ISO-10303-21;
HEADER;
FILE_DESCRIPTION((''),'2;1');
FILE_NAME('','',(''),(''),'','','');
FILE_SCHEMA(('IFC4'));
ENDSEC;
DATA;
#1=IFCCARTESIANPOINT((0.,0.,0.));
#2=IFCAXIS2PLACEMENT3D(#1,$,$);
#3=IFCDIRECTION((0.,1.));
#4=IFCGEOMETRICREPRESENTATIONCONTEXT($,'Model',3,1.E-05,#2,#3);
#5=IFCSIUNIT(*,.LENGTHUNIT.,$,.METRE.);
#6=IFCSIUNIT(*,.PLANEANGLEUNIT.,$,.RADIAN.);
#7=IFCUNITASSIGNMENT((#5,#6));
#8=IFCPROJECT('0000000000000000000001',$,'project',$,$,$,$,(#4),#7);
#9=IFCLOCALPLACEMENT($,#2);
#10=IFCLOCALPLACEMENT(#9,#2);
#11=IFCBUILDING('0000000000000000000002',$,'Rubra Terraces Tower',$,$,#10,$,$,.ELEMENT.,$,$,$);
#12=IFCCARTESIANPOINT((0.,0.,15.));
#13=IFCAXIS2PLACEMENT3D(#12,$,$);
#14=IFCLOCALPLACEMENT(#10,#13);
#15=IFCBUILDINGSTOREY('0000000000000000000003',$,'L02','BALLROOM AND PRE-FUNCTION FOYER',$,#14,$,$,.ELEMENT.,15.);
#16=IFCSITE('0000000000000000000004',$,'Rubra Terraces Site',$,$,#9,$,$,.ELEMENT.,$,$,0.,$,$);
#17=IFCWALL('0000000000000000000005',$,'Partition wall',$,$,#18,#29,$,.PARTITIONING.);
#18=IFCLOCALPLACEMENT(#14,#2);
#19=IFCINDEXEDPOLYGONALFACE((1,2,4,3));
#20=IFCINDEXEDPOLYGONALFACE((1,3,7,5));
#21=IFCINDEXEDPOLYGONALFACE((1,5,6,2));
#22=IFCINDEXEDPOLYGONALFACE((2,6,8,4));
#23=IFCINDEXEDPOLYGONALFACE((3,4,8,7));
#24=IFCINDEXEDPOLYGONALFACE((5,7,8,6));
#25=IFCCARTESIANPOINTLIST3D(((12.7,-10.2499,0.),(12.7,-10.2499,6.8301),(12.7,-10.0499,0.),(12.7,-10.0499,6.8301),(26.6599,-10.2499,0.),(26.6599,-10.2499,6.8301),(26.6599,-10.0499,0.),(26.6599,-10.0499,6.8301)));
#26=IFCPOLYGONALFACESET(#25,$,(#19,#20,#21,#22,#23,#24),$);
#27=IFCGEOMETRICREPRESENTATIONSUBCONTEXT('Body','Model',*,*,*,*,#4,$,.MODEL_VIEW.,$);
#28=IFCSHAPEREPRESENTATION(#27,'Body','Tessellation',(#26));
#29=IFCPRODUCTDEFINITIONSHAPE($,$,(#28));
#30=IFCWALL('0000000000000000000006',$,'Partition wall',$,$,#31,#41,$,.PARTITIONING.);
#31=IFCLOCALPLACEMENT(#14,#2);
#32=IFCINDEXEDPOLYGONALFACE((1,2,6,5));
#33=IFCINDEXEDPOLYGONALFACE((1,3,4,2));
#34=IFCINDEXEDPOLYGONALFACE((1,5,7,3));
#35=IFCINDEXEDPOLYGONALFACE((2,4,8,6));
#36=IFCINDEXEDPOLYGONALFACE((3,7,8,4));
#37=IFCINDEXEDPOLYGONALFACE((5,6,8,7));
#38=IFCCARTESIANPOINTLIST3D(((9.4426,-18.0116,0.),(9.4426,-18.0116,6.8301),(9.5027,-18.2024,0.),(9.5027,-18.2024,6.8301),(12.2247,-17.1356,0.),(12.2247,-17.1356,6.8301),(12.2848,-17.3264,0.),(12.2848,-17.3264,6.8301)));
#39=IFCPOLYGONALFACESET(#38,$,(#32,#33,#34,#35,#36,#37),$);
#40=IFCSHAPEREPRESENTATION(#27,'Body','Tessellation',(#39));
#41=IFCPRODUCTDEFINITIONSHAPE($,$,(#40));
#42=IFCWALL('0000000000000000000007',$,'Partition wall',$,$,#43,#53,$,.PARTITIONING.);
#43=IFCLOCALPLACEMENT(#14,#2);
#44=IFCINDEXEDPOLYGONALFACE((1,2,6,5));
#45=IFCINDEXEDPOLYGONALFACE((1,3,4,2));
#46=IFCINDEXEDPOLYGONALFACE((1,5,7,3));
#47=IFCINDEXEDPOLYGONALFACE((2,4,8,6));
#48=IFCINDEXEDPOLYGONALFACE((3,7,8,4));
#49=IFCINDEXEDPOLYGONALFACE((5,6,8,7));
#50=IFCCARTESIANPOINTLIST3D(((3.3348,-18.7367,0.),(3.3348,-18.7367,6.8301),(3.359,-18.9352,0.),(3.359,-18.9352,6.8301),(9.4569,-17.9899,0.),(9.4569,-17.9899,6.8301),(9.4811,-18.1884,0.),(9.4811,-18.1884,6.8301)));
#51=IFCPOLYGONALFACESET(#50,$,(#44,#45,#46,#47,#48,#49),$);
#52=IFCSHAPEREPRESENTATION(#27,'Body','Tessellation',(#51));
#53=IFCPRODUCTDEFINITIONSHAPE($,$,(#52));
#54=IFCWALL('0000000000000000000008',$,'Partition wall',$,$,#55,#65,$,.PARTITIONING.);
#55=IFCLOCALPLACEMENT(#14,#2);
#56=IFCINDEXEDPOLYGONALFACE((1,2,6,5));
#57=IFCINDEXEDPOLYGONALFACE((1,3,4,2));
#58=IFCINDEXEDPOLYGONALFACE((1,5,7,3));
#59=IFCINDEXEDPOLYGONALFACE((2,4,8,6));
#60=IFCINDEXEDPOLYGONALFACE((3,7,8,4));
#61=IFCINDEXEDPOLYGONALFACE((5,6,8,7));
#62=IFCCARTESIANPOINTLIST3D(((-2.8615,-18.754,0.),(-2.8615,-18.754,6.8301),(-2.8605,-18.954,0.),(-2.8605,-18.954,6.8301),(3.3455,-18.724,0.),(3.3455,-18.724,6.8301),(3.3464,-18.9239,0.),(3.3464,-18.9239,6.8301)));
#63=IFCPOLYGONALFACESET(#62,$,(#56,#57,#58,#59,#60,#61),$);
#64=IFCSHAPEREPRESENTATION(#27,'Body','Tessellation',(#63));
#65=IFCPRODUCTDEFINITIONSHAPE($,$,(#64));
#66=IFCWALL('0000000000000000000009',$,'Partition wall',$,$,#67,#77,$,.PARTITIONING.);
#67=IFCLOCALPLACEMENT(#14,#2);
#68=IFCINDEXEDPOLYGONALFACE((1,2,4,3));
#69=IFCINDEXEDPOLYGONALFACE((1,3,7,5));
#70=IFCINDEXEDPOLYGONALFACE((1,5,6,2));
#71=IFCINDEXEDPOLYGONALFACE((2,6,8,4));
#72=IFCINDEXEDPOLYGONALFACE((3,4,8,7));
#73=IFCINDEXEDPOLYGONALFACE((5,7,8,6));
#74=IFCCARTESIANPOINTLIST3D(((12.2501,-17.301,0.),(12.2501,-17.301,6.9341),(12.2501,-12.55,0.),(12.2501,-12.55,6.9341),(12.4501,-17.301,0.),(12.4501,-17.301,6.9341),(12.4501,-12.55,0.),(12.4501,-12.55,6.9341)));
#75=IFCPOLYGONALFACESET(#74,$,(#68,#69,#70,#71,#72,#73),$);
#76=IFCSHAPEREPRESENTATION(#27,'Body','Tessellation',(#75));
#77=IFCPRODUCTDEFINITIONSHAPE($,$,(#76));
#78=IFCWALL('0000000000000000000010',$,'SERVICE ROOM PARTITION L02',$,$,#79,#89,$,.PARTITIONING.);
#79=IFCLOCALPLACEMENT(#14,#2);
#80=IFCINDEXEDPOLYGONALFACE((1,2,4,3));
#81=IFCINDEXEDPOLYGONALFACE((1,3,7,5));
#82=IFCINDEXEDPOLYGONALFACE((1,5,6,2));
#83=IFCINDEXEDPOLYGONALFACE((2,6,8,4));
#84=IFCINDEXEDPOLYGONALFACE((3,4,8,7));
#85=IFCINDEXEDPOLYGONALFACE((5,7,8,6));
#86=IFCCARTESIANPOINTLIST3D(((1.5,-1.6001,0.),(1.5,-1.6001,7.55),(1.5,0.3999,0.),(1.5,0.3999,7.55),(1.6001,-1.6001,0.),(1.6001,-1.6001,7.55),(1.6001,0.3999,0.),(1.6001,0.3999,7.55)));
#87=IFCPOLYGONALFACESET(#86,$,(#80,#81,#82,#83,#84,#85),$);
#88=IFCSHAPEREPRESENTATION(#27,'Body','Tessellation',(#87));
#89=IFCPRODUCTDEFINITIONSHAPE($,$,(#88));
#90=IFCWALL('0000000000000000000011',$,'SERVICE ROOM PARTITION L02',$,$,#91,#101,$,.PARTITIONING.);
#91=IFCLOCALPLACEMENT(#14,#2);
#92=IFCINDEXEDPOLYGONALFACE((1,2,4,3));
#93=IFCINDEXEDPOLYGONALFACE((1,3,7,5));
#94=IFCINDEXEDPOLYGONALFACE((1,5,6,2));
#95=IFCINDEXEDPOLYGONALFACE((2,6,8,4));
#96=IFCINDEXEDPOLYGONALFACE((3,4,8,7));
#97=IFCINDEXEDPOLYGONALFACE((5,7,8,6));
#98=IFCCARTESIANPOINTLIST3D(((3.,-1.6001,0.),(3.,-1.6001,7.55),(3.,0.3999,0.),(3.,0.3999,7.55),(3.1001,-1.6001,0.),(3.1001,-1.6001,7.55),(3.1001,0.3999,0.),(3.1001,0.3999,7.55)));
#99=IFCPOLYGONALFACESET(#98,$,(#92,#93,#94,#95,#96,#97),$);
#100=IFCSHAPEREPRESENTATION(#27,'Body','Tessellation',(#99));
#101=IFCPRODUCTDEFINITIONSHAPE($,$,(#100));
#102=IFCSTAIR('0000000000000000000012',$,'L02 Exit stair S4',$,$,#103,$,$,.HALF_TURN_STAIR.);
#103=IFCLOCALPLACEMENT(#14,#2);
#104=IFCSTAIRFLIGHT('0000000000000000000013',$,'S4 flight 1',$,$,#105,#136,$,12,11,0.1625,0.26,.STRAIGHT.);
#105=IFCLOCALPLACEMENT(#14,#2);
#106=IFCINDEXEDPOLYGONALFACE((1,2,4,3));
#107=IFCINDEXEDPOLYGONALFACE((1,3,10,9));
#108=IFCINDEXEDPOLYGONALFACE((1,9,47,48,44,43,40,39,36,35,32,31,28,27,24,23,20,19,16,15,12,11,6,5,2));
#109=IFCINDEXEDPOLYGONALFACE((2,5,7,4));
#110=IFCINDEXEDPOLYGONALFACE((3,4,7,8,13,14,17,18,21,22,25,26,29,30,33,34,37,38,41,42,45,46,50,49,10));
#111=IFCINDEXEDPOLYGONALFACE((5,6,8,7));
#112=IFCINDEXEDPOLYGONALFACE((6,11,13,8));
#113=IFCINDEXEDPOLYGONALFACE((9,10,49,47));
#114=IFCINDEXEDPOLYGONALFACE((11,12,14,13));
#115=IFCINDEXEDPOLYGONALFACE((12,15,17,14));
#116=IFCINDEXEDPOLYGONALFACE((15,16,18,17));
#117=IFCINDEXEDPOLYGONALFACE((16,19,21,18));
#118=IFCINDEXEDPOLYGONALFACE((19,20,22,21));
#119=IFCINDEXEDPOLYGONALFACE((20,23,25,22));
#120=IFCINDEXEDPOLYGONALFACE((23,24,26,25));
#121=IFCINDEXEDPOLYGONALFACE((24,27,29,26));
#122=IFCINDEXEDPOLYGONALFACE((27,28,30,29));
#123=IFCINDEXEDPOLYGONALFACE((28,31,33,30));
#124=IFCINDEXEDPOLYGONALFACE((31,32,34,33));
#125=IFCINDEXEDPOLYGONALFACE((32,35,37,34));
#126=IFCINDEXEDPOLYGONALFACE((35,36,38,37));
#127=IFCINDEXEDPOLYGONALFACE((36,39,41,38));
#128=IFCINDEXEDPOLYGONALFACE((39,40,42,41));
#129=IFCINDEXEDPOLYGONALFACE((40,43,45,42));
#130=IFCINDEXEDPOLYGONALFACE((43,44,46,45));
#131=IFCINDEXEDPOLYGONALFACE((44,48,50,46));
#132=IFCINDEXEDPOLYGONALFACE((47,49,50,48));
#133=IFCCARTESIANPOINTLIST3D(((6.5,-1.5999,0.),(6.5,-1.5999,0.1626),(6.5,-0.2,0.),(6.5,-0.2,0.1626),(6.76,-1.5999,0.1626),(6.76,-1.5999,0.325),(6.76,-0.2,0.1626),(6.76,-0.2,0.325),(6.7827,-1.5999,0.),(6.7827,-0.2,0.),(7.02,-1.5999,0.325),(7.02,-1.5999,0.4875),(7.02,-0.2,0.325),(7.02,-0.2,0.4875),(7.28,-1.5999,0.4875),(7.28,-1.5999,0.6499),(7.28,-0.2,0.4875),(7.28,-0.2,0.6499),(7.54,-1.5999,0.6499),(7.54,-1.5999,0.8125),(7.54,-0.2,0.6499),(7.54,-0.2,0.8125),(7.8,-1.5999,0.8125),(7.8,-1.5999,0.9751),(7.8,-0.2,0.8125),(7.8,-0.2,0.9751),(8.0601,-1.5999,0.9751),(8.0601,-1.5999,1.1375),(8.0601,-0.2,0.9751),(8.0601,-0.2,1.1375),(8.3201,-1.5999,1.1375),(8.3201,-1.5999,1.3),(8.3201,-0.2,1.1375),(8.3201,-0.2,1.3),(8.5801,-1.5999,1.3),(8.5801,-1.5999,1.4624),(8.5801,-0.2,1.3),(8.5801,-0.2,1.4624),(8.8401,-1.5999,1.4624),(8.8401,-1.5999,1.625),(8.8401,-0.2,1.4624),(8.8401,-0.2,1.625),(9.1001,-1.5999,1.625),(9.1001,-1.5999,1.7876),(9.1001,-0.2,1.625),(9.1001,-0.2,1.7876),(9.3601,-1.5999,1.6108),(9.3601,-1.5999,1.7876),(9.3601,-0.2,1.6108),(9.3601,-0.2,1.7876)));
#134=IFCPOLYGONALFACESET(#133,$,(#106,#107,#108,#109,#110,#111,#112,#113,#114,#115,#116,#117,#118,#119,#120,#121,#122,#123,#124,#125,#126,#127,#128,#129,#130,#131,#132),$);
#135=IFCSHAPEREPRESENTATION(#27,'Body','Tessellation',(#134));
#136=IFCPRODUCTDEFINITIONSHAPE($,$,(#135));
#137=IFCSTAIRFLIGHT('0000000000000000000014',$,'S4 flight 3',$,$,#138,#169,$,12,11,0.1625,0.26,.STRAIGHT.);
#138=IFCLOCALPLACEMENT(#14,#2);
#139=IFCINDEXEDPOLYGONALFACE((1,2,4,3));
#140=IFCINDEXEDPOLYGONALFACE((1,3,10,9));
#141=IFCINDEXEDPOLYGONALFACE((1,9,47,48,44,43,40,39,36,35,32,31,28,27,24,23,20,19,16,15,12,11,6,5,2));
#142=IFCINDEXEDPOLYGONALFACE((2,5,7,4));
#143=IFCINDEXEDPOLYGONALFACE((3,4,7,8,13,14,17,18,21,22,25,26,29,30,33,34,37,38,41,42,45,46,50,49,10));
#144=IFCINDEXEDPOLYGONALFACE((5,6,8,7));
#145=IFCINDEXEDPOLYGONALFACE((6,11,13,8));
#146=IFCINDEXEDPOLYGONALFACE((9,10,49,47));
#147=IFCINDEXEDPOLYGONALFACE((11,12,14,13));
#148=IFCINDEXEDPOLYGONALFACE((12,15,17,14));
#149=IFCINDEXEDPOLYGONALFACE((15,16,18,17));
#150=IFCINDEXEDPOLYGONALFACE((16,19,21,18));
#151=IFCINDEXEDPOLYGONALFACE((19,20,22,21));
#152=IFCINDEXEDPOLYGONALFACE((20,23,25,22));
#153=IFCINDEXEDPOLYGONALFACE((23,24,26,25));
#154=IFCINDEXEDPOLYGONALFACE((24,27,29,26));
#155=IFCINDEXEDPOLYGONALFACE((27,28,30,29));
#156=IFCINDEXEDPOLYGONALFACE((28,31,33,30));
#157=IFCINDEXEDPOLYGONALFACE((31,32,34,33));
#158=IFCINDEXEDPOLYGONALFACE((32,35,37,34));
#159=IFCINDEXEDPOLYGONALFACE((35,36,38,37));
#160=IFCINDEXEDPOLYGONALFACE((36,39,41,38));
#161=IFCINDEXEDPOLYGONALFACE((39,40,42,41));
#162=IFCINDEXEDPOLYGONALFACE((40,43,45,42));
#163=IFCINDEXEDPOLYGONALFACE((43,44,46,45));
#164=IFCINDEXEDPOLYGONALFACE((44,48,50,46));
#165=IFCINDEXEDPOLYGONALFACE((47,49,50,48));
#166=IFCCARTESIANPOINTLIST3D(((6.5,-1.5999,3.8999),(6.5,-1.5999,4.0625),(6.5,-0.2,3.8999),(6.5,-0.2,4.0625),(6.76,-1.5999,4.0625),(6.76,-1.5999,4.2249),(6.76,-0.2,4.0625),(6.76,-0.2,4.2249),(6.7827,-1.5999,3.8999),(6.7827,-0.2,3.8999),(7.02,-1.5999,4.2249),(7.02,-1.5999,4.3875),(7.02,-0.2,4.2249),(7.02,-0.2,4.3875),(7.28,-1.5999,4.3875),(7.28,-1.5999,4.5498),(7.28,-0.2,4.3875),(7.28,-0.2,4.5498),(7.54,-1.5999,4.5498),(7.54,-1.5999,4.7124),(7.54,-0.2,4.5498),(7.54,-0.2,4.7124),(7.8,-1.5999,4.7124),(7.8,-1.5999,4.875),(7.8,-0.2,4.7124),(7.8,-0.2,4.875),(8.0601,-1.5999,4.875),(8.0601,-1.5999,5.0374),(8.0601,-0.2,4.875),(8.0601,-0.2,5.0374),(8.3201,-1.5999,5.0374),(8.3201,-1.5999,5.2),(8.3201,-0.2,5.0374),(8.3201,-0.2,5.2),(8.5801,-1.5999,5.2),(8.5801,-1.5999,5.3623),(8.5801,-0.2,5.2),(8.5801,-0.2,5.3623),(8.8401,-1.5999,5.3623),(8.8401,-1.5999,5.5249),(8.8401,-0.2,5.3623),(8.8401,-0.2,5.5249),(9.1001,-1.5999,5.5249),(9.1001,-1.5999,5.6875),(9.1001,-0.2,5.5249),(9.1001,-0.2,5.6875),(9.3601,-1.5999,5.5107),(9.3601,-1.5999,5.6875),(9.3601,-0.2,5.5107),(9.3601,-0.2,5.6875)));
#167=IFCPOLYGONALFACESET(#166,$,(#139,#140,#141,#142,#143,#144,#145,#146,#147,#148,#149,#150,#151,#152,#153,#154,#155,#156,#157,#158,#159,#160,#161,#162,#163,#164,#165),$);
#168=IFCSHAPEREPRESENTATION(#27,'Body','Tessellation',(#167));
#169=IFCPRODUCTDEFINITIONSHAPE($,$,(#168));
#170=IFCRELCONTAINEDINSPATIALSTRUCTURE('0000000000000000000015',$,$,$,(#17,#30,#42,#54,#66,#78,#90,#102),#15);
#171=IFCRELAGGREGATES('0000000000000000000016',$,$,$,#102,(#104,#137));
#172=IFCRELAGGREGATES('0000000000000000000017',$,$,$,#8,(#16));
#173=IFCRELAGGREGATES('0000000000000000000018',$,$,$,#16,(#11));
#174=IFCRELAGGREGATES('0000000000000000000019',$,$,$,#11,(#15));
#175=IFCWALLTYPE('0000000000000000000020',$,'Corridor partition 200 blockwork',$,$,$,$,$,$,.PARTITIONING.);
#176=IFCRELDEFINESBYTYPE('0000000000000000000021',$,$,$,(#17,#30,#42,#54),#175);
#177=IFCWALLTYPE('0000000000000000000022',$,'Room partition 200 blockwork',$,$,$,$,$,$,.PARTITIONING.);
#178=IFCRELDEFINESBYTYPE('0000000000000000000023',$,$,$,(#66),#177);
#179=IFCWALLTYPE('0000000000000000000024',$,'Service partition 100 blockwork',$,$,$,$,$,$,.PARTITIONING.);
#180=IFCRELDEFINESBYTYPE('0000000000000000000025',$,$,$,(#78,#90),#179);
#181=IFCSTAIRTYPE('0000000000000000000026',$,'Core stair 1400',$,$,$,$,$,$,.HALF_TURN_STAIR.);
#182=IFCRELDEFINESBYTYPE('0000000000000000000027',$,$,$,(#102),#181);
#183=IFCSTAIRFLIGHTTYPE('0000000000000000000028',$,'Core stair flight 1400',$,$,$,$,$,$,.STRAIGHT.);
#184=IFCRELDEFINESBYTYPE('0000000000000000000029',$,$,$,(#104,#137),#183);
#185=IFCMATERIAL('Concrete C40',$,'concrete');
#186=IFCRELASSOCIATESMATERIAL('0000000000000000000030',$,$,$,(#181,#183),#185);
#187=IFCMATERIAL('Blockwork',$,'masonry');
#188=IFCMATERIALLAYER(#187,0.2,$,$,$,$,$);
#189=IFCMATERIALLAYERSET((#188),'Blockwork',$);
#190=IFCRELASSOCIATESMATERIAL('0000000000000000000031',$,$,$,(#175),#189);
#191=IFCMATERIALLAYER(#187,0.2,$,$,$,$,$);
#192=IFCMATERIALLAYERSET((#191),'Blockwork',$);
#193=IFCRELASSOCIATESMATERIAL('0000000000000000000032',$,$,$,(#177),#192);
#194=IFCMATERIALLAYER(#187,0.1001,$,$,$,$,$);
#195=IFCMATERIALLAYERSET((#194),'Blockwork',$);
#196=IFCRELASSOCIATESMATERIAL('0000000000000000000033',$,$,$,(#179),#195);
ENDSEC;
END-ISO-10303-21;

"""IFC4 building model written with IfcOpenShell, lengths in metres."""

from ifc_helpers import new_model, si_unit, direction, frame, frame_2d, origin, place, context, subcontext, project, spatial, polyline, rectangle, outline, extrude, material, layer, layer_set, type_object, element, aggregate, save


model = new_model("IFC4")

# Units and contexts
model_context = context("Model", 3, precision=1e-05, world=origin(), true_north=direction((0.0, 1.0)))
body_context = subcontext(model_context, "Body", "Model", "MODEL_VIEW")
ifc_project = project(units=[si_unit("LENGTHUNIT", "METRE"), si_unit("PLANEANGLEUNIT", "RADIAN")], contexts=[model_context])

# Site, building, storey
site_placement = place(None, origin())
site = spatial("IfcSite", under=ifc_project, at=site_placement, Name="Rubra Terraces Site", CompositionType="ELEMENT", RefElevation=0.0)
building_placement = place(site_placement, origin())
building = spatial("IfcBuilding", under=site, at=building_placement, Name="Rubra Terraces Tower", CompositionType="ELEMENT")
storey_placement = place(building_placement, frame((0.0, 0.0, 15.0)))
storey = spatial("IfcBuildingStorey", under=building, at=storey_placement, Name="L02", Description="BALLROOM AND PRE-FUNCTION FOYER", CompositionType="ELEMENT", Elevation=15.0)

# Shared definitions
ifc_material_1 = material(Name="Concrete C40", Category="concrete")
stair_type = type_object("IfcStairType", Name="Core stair 1400", PredefinedType="HALF_TURN_STAIR", material=ifc_material_1)

# Walls
ifc_material_2 = material(Name="Blockwork", Category="masonry")
ifc_layer_1 = layer(ifc_material_2, 0.2)
ifc_layer_set_1 = layer_set([ifc_layer_1], Name="Blockwork")
wall_type_1 = type_object("IfcWallType", Name="Corridor partition 200 blockwork", PredefinedType="PARTITIONING", material=ifc_layer_set_1)
wall_1_placement = place(storey_placement, frame((12.7, -10.1499, 0.0), z_axis=(0.0, 0.0, 1.0), x_axis=(1.0, 0.0, 0.0)))
element("IfcWall", 1, at=wall_1_placement, inside=storey, type_object=wall_type_1, Name="Partition wall", PredefinedType="PARTITIONING", context=body_context, shape_type="SweptSolid", body=[
    extrude(rectangle(XDim=13.96, YDim=0.2, at=frame_2d((6.98, 0.0))), origin(), (0.0, 0.0, 1.0), 6.8301),
])
wall_2_placement = place(storey_placement, frame((12.2549, -17.231, 0.0), z_axis=(0.0, 0.0, 1.0), x_axis=(-0.953833, -0.300338, 0.0)))
element("IfcWall", 2, at=wall_2_placement, inside=storey, type_object=wall_type_1, Name="Partition wall", PredefinedType="PARTITIONING", context=body_context, shape_type="SweptSolid", body=[
    extrude(rectangle(XDim=2.9167, YDim=0.2, at=frame_2d((1.4585, 0.0))), origin(), (0.0, 0.0, 1.0), 6.8301),
])
wall_3_placement = place(storey_placement, frame((9.469, -18.0891, 0.0), z_axis=(0.0, 0.0, 1.0), x_axis=(-0.992641, -0.121091, 0.0)))
element("IfcWall", 3, at=wall_3_placement, inside=storey, type_object=wall_type_1, Name="Partition wall", PredefinedType="PARTITIONING", context=body_context, shape_type="SweptSolid", body=[
    extrude(rectangle(XDim=6.1675, YDim=0.2, at=frame_2d((3.0837, 0.0))), origin(), (0.0, 0.0, 1.0), 6.8301),
])
wall_4_placement = place(storey_placement, frame((3.3459, -18.824, 0.0), z_axis=(0.0, 0.0, 1.0), x_axis=(-0.999988, -0.004838, 0.0)))
element("IfcWall", 4, at=wall_4_placement, inside=storey, type_object=wall_type_1, Name="Partition wall", PredefinedType="PARTITIONING", context=body_context, shape_type="SweptSolid", body=[
    extrude(rectangle(XDim=6.207, YDim=0.2, at=frame_2d((3.1035, 0.0))), origin(), (0.0, 0.0, 1.0), 6.8301),
])
ifc_layer_2 = layer(ifc_material_2, 0.2)
ifc_layer_set_2 = layer_set([ifc_layer_2], Name="Blockwork")
wall_type_2 = type_object("IfcWallType", Name="Room partition 200 blockwork", PredefinedType="PARTITIONING", material=ifc_layer_set_2)
wall_5_placement = place(storey_placement, frame((12.3501, -12.55, 0.0), z_axis=(0.0, 0.0, 1.0), x_axis=(0.0, -1.0, 0.0)))
element("IfcWall", 5, at=wall_5_placement, inside=storey, type_object=wall_type_2, Name="Partition wall", PredefinedType="PARTITIONING", context=body_context, shape_type="SweptSolid", body=[
    extrude(rectangle(XDim=4.751, YDim=0.2, at=frame_2d((2.3755, 0.0))), origin(), (0.0, 0.0, 1.0), 6.9341),
])
ifc_layer_3 = layer(ifc_material_2, 0.1001)
ifc_layer_set_3 = layer_set([ifc_layer_3], Name="Blockwork")
wall_type_3 = type_object("IfcWallType", Name="Service partition 100 blockwork", PredefinedType="PARTITIONING", material=ifc_layer_set_3)
for number, where, z_axis, x_axis, name in (
    (6, (1.55, -1.6001, 0.0), (0.0, 0.0, 1.0), (0.0, 1.0, 0.0), "SERVICE ROOM PARTITION L02"),
    (7, (3.05, -1.6001, 0.0), (0.0, 0.0, 1.0), (0.0, 1.0, 0.0), "SERVICE ROOM PARTITION L02"),
):
    element("IfcWall", number, at=place(storey_placement, frame(where, z_axis=z_axis, x_axis=x_axis)), inside=storey, type_object=wall_type_3, Name=name, PredefinedType="PARTITIONING", context=body_context, shape_type="SweptSolid", body=[
        extrude(rectangle(XDim=2.0, YDim=0.1001, at=frame_2d((1.0, 0.0))), origin(), (0.0, 0.0, 1.0), 7.55),
    ])

# Stair, stair flights
stair_1_placement = place(storey_placement, origin())
stair_1 = element("IfcStair", 8, at=stair_1_placement, inside=storey, type_object=stair_type, Name="L02 Exit stair S4", PredefinedType="HALF_TURN_STAIR")
stair_flight_type = type_object("IfcStairFlightType", Name="Core stair flight 1400", PredefinedType="STRAIGHT", material=ifc_material_1)
stair_flight_1_placement = place(storey_placement, frame((6.5, -0.8999, 0.0), z_axis=(0.0, 0.0, 1.0), x_axis=(1.0, 0.0, 0.0)))
stair_flight_1 = element("IfcStairFlight", 9, at=stair_flight_1_placement, type_object=stair_flight_type, Name="S4 flight 1", NumberOfRisers=12, NumberOfTreads=11, PredefinedType="STRAIGHT", RiserHeight=0.1625, TreadLength=0.26, context=body_context, shape_type="SweptSolid", body=[
    extrude(outline(polyline([(0.0, 0.0), (0.0, 0.1626), (0.26, 0.1626), (0.26, 0.325), (0.52, 0.325), (0.52, 0.4875), (0.78, 0.4875), (0.78, 0.6499), (1.04, 0.6499), (1.04, 0.8125), (1.3, 0.8125), (1.3, 0.9751), (1.5601, 0.9751), (1.5601, 1.1375), (1.8201, 1.1375), (1.8201, 1.3), (2.0801, 1.3), (2.0801, 1.4624), (2.3401, 1.4624), (2.3401, 1.625), (2.6001, 1.625), (2.6001, 1.7876), (2.8601, 1.7876), (2.8601, 1.95), (2.8601, 1.6108), (0.2827, 0.0), (0.0, 0.0)])), frame((0.0, 0.7, 0.0), z_axis=(0.0, -1.0, 0.0), x_axis=(1.0, 0.0, 0.0)), (0.0, 0.0, 1.0), 1.3999),
])
stair_flight_2_placement = place(storey_placement, frame((6.5, -0.8999, 3.8999), z_axis=(0.0, 0.0, 1.0), x_axis=(1.0, 0.0, 0.0)))
stair_flight_2 = element("IfcStairFlight", 10, at=stair_flight_2_placement, type_object=stair_flight_type, Name="S4 flight 3", NumberOfRisers=12, NumberOfTreads=11, PredefinedType="STRAIGHT", RiserHeight=0.1625, TreadLength=0.26, context=body_context, shape_type="SweptSolid", body=[
    extrude(outline(polyline([(0.0, 0.0), (0.0, 0.1626), (0.26, 0.1626), (0.26, 0.325), (0.52, 0.325), (0.52, 0.4875), (0.78, 0.4875), (0.78, 0.6499), (1.04, 0.6499), (1.04, 0.8125), (1.3, 0.8125), (1.3, 0.9751), (1.5601, 0.9751), (1.5601, 1.1375), (1.8201, 1.1375), (1.8201, 1.3), (2.0801, 1.3), (2.0801, 1.4624), (2.3401, 1.4624), (2.3401, 1.625), (2.6001, 1.625), (2.6001, 1.7876), (2.8601, 1.7876), (2.8601, 1.95), (2.8601, 1.6108), (0.2827, 0.0), (0.0, 0.0)])), frame((0.0, 0.7, 0.0), z_axis=(0.0, -1.0, 0.0), x_axis=(1.0, 0.0, 0.0)), (0.0, 0.0, 1.0), 1.3999),
])
aggregate(stair_1, [stair_flight_1, stair_flight_2])

save(model, "model.ifc")
